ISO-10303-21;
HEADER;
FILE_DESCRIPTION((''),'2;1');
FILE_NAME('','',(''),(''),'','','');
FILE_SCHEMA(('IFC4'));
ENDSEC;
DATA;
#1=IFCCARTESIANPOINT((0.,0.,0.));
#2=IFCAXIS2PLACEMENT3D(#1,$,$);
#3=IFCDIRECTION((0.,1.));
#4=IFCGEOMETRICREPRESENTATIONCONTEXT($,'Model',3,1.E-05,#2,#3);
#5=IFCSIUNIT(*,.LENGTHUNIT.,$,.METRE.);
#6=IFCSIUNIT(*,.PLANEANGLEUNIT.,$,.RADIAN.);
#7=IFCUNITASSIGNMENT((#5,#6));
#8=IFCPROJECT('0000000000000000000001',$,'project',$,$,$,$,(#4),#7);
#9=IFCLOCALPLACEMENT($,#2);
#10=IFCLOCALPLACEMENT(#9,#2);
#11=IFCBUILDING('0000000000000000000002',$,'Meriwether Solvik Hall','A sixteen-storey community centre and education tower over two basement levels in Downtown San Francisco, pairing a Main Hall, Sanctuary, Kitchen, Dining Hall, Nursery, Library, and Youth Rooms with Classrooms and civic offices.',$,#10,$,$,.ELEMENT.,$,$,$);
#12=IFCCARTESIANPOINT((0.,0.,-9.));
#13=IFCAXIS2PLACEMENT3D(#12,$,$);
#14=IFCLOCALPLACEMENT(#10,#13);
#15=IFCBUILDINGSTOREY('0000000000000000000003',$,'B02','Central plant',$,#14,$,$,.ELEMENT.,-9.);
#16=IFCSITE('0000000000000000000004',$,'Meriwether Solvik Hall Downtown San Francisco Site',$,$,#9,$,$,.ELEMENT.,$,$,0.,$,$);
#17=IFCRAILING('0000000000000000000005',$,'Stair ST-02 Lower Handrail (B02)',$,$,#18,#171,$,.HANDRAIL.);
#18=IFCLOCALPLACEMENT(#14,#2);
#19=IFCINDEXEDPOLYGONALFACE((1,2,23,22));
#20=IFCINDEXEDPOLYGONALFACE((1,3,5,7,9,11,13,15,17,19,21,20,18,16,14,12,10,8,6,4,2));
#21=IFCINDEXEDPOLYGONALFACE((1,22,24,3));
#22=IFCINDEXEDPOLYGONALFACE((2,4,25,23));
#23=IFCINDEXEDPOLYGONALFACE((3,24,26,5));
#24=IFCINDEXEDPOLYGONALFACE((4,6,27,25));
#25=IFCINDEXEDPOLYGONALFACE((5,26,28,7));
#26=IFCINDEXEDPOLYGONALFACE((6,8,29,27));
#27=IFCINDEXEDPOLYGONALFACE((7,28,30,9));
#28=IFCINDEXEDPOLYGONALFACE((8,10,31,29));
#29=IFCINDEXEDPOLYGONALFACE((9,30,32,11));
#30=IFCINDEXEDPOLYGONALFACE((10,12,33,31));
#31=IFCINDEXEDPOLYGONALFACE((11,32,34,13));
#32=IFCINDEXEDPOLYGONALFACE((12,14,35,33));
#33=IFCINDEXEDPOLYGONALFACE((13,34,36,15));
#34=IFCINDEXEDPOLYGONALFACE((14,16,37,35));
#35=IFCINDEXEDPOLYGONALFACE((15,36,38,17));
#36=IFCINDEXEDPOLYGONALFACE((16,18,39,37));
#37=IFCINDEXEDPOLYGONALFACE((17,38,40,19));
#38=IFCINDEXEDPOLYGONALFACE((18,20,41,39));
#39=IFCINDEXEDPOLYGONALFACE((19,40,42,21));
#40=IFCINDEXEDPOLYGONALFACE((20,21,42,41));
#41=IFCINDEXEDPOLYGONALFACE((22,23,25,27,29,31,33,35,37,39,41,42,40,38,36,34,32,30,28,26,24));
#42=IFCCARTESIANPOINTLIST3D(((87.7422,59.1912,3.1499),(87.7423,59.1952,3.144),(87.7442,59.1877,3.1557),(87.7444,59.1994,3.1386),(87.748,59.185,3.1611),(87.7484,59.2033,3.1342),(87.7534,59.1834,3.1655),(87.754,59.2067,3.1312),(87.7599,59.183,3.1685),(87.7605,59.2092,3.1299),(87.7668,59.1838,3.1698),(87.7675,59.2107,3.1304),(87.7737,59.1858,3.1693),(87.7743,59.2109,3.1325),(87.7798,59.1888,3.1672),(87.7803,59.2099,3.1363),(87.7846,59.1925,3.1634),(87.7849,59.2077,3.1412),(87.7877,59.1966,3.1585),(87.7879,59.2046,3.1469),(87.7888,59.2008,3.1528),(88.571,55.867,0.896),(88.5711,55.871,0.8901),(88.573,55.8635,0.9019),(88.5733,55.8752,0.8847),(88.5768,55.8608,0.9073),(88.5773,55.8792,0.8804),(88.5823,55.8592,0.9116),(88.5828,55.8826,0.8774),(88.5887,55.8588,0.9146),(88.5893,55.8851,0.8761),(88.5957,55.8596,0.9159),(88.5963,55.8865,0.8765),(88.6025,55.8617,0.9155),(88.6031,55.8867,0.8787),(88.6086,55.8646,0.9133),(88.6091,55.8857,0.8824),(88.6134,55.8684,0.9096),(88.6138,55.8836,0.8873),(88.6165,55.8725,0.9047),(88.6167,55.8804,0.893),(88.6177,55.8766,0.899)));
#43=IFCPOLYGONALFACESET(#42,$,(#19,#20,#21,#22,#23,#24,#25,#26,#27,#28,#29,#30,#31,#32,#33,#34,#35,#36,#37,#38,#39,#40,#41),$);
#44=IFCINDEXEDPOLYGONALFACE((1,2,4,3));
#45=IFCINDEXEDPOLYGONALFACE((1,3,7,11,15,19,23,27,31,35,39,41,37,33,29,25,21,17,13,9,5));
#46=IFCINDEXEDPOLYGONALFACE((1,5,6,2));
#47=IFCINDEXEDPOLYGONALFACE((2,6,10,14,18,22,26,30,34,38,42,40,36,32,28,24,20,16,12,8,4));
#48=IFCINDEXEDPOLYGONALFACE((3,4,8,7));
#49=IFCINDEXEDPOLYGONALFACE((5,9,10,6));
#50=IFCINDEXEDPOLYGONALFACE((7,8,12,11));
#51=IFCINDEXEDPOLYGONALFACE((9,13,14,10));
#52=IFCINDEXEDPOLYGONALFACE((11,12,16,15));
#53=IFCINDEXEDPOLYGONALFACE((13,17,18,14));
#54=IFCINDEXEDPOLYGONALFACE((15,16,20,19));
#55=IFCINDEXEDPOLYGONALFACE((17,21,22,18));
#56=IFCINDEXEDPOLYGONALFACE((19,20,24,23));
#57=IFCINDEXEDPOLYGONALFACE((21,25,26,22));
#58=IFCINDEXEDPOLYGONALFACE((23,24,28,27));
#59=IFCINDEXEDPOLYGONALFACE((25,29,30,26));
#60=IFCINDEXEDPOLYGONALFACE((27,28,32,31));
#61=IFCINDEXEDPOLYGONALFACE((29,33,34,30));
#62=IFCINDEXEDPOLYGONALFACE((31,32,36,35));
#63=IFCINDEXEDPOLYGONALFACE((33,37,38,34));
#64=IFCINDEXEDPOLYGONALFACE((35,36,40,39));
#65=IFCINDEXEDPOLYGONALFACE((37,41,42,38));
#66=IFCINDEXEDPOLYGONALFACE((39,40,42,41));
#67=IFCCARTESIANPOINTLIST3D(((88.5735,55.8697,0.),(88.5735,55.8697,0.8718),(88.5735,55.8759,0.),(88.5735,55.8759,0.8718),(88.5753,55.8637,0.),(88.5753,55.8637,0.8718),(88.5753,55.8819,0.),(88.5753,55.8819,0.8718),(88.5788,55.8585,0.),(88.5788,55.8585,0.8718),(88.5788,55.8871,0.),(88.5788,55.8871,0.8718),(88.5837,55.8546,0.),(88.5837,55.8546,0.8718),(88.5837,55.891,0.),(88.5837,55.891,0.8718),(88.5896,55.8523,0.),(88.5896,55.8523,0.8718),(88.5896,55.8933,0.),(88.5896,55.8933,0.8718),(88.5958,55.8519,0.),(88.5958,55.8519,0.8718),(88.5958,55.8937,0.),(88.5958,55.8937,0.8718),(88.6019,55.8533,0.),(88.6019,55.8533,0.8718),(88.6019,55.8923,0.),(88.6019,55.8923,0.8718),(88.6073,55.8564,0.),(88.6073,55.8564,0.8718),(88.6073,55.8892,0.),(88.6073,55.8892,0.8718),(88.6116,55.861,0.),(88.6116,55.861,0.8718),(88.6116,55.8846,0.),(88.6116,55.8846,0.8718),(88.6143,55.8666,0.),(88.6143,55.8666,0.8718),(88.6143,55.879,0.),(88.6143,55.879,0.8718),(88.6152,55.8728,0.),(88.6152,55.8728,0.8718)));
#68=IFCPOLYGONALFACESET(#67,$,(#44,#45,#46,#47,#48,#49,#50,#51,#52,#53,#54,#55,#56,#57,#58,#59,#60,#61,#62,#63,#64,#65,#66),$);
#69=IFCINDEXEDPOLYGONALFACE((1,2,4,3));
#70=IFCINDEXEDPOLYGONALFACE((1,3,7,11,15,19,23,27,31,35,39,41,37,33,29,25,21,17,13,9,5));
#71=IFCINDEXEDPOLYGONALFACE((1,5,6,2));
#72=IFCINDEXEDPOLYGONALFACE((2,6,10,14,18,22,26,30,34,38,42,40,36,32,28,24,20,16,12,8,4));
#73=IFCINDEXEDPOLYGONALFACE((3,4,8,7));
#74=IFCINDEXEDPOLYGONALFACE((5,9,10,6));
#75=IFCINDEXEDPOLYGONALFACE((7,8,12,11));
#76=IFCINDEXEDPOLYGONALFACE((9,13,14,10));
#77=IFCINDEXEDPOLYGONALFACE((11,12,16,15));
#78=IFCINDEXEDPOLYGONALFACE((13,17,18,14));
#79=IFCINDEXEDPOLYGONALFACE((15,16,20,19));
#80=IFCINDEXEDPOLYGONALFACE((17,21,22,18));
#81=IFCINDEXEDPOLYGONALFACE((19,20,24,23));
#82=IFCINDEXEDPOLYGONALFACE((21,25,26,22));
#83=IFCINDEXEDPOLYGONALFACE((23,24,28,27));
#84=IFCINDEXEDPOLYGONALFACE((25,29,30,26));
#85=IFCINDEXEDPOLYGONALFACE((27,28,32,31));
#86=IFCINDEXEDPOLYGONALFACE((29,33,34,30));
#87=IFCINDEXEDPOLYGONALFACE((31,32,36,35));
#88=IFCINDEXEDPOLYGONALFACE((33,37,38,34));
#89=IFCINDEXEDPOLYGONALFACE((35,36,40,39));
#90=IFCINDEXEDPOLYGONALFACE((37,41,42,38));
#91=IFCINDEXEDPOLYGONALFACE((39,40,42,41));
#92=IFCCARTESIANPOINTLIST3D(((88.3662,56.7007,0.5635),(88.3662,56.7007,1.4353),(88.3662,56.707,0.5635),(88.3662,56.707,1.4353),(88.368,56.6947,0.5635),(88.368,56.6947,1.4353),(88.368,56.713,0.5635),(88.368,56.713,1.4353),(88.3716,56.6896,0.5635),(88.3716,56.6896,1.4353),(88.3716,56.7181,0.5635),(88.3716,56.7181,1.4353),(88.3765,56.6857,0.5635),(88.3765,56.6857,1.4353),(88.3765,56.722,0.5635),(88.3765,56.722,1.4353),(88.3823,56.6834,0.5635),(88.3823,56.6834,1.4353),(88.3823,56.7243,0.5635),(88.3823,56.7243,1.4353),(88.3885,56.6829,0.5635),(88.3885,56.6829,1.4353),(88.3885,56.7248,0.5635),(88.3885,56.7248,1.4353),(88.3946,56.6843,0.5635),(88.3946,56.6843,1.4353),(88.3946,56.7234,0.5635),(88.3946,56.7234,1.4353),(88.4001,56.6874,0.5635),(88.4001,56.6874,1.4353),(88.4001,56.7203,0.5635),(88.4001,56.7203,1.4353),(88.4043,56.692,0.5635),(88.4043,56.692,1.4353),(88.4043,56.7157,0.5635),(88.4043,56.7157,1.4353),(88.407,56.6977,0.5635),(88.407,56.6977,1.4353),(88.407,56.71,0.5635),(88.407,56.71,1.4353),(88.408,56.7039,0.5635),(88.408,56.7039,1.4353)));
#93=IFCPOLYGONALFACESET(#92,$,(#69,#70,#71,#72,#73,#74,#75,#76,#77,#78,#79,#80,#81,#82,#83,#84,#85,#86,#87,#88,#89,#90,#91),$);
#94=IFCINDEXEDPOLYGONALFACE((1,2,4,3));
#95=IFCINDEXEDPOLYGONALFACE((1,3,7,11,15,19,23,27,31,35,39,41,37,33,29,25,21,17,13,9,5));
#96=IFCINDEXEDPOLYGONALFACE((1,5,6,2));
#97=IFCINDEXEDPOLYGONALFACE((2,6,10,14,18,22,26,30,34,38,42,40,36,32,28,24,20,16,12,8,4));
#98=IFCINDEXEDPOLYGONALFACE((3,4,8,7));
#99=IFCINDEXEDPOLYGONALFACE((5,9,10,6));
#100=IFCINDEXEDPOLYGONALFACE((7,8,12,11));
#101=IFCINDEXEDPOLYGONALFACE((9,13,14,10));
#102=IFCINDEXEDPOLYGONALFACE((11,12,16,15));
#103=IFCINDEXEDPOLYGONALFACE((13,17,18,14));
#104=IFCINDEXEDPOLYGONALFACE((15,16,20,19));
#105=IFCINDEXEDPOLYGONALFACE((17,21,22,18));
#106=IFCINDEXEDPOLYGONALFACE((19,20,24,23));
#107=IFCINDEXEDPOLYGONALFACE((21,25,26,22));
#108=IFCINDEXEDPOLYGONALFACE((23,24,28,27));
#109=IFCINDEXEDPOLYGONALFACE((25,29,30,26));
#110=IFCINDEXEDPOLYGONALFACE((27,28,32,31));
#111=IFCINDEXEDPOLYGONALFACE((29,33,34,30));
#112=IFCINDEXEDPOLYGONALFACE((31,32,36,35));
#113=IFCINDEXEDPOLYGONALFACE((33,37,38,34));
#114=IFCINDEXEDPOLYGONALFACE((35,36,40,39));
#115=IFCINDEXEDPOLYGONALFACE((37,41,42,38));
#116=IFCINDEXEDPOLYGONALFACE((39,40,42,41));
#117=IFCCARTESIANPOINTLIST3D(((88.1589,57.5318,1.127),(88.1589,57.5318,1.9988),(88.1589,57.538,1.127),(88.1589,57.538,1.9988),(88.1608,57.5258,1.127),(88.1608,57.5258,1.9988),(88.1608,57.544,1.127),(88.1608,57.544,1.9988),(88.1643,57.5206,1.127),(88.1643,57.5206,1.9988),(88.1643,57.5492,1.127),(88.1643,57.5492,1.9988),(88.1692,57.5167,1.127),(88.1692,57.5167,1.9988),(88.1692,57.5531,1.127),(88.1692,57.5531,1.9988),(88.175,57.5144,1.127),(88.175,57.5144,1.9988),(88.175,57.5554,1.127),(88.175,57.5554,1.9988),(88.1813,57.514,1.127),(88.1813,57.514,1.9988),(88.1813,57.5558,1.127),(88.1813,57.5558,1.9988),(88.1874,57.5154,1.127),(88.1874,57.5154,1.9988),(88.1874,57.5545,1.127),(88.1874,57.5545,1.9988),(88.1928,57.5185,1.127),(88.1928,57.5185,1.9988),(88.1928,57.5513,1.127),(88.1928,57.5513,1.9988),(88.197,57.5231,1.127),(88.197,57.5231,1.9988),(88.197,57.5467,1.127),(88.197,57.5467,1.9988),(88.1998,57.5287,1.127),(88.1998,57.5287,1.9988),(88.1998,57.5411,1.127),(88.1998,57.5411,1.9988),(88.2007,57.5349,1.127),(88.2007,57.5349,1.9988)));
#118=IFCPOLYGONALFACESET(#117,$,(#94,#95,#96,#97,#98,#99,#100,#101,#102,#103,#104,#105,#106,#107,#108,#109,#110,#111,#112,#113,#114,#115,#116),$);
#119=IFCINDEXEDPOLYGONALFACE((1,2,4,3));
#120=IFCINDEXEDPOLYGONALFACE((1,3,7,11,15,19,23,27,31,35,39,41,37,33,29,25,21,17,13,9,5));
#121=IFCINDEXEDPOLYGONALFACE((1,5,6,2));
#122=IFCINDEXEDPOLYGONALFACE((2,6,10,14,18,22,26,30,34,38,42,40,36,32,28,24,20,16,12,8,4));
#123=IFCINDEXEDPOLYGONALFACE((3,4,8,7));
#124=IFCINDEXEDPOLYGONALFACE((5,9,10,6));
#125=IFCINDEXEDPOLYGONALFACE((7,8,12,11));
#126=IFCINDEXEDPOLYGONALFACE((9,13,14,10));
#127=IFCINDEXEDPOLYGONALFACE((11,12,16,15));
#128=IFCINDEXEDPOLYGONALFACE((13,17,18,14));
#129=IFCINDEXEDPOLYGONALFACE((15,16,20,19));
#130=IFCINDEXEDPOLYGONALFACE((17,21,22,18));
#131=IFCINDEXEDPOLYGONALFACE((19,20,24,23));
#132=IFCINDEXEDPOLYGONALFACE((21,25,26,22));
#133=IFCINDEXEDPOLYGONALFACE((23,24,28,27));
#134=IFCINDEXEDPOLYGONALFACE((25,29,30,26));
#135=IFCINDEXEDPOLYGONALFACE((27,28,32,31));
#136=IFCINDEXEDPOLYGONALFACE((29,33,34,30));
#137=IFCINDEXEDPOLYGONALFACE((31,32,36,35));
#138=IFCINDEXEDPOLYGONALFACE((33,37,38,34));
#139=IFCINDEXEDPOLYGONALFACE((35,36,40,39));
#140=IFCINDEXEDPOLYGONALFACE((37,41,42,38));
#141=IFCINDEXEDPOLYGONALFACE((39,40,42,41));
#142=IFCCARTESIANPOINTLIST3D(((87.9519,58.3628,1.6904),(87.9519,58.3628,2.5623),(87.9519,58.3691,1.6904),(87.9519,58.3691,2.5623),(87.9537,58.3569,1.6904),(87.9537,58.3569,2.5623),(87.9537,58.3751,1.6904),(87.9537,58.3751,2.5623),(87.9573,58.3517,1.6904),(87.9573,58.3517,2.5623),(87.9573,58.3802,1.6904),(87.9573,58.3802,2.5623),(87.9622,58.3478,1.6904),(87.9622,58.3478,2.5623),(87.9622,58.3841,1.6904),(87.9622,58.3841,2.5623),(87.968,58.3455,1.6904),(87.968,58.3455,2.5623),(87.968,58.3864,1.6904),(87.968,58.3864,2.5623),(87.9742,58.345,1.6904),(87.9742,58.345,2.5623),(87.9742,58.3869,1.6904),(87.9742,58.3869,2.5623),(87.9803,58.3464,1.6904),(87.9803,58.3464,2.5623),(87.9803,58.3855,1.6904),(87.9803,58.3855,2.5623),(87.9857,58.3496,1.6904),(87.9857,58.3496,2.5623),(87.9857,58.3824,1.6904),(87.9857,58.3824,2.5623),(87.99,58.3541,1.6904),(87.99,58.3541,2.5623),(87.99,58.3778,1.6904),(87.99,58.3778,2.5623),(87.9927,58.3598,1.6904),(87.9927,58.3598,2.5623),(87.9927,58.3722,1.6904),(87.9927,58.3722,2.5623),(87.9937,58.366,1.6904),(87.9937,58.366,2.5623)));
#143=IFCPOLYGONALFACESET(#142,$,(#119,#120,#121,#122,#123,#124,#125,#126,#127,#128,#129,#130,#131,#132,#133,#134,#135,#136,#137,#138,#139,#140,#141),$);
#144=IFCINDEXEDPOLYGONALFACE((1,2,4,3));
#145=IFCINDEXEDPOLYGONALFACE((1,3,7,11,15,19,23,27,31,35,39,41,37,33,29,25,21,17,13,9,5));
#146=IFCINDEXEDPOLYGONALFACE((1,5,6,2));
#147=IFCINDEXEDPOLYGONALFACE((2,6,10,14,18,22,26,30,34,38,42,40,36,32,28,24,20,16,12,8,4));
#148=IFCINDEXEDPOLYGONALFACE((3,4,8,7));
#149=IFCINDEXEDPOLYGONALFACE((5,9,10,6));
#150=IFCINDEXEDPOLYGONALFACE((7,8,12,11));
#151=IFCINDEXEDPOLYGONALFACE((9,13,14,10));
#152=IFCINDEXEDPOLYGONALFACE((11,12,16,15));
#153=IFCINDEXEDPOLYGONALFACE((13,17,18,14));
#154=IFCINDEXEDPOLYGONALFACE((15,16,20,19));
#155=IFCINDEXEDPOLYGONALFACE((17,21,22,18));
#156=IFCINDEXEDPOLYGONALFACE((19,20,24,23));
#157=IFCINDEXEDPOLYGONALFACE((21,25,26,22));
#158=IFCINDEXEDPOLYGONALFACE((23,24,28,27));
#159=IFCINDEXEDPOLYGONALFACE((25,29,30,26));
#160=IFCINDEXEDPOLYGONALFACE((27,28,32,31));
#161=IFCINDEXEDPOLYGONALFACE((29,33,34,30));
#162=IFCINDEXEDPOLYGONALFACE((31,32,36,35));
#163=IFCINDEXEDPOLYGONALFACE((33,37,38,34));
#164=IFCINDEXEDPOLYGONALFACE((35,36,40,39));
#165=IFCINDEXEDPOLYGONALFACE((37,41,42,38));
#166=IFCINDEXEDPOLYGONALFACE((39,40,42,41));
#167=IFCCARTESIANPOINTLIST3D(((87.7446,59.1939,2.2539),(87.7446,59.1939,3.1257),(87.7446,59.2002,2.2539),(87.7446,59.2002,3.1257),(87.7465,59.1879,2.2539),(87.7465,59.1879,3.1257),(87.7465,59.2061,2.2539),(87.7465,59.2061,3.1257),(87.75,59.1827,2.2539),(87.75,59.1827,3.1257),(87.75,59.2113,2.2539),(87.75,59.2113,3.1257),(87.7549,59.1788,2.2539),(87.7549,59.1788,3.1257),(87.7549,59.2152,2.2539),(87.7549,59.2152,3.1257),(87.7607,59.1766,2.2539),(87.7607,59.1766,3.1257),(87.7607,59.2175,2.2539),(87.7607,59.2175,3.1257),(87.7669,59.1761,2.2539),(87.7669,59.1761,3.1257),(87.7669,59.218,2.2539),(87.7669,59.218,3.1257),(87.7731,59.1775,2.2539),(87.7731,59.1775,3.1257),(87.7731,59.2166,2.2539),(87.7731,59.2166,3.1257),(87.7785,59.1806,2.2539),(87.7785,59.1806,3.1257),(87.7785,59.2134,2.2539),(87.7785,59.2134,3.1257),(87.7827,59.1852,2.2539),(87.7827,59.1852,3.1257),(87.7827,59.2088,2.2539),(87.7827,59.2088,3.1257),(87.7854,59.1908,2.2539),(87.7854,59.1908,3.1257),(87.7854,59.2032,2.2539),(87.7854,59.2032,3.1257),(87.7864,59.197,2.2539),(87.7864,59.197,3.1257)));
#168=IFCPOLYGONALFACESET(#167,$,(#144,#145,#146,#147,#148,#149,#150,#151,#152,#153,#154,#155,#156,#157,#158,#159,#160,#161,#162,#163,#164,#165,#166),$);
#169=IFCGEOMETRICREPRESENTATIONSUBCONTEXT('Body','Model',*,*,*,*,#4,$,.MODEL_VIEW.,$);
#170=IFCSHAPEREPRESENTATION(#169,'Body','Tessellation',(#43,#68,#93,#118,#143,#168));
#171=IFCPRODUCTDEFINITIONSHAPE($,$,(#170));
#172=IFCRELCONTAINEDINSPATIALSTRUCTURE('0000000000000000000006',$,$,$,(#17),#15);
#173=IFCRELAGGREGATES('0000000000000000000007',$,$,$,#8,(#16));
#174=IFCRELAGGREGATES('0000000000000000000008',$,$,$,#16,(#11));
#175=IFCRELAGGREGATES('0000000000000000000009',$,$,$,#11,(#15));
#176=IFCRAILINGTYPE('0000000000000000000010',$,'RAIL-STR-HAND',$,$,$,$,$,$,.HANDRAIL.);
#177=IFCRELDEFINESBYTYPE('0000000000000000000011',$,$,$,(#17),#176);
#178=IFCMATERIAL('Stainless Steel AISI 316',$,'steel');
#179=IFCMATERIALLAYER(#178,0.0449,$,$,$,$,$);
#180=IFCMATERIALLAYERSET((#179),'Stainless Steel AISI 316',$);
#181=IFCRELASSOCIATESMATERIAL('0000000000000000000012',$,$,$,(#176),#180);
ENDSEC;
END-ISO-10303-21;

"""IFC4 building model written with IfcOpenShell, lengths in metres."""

from ifc_helpers import new_model, si_unit, direction, frame, origin, origin_2d, place, context, subcontext, project, spatial, circle, extrude, material, layer, layer_set, type_object, element, save


model = new_model("IFC4")

# Units and contexts
model_context = context("Model", 3, precision=1e-05, world=origin(), true_north=direction((0.0, 1.0)))
body_context = subcontext(model_context, "Body", "Model", "MODEL_VIEW")
ifc_project = project(units=[si_unit("LENGTHUNIT", "METRE"), si_unit("PLANEANGLEUNIT", "RADIAN")], contexts=[model_context])

# Site, building, storey
site_placement = place(None, origin())
site = spatial("IfcSite", under=ifc_project, at=site_placement, Name="Meriwether Solvik Hall Downtown San Francisco Site", CompositionType="ELEMENT", RefElevation=0.0)
building_placement = place(site_placement, origin())
building = spatial("IfcBuilding", under=site, at=building_placement, Name="Meriwether Solvik Hall", Description="A sixteen-storey community centre and education tower over two basement levels in Downtown San Francisco, pairing a Main Hall, Sanctuary, Kitchen, Dining Hall, Nursery, Library, and Youth Rooms with Classrooms and civic offices.", CompositionType="ELEMENT")
storey_placement = place(building_placement, frame((0.0, 0.0, -9.0)))
storey = spatial("IfcBuildingStorey", under=building, at=storey_placement, Name="B02", Description="Central plant", CompositionType="ELEMENT", Elevation=-9.0)

# Railing
ifc_material_1 = material(Name="Stainless Steel AISI 316", Category="steel")
ifc_layer_1 = layer(ifc_material_1, 0.0449)
ifc_layer_set_1 = layer_set([ifc_layer_1], Name="Stainless Steel AISI 316")
railing_type_1 = type_object("IfcRailingType", Name="RAIL-STR-HAND", PredefinedType="HANDRAIL", material=ifc_layer_set_1)
railing_1_placement = place(storey_placement, frame((88.5942, 55.8728, 0.0)))
element("IfcRailing", 1, at=railing_1_placement, inside=storey, type_object=railing_type_1, Name="Stair ST-02 Lower Handrail (B02)", PredefinedType="HANDRAIL", context=body_context, shape_type="SweptSolid", body=[
    extrude(circle(Radius=0.0239, at=origin_2d()), frame((0.0, 0.0, 0.896), z_axis=(-0.202115, 0.810604, 0.54961), x_axis=(-0.970293, -0.241932, 0.0)), (0.0, 0.0, 1.0), 4.1008),
    extrude(circle(Radius=0.021, at=origin_2d()), origin(), (0.0, 0.0, 1.0), 0.8718),
    extrude(circle(Radius=0.021, at=origin_2d()), frame((-0.2073, 0.8311, 0.5635)), (0.0, 0.0, 1.0), 0.8718),
    extrude(circle(Radius=0.021, at=origin_2d()), frame((-0.4146, 1.6621, 1.127)), (0.0, 0.0, 1.0), 0.8718),
    extrude(circle(Radius=0.021, at=origin_2d()), frame((-0.6216, 2.4932, 1.6904)), (0.0, 0.0, 1.0), 0.8718),
    extrude(circle(Radius=0.021, at=origin_2d()), frame((-0.8289, 3.3242, 2.2539)), (0.0, 0.0, 1.0), 0.8718),
])

save(model, "model.ifc")
